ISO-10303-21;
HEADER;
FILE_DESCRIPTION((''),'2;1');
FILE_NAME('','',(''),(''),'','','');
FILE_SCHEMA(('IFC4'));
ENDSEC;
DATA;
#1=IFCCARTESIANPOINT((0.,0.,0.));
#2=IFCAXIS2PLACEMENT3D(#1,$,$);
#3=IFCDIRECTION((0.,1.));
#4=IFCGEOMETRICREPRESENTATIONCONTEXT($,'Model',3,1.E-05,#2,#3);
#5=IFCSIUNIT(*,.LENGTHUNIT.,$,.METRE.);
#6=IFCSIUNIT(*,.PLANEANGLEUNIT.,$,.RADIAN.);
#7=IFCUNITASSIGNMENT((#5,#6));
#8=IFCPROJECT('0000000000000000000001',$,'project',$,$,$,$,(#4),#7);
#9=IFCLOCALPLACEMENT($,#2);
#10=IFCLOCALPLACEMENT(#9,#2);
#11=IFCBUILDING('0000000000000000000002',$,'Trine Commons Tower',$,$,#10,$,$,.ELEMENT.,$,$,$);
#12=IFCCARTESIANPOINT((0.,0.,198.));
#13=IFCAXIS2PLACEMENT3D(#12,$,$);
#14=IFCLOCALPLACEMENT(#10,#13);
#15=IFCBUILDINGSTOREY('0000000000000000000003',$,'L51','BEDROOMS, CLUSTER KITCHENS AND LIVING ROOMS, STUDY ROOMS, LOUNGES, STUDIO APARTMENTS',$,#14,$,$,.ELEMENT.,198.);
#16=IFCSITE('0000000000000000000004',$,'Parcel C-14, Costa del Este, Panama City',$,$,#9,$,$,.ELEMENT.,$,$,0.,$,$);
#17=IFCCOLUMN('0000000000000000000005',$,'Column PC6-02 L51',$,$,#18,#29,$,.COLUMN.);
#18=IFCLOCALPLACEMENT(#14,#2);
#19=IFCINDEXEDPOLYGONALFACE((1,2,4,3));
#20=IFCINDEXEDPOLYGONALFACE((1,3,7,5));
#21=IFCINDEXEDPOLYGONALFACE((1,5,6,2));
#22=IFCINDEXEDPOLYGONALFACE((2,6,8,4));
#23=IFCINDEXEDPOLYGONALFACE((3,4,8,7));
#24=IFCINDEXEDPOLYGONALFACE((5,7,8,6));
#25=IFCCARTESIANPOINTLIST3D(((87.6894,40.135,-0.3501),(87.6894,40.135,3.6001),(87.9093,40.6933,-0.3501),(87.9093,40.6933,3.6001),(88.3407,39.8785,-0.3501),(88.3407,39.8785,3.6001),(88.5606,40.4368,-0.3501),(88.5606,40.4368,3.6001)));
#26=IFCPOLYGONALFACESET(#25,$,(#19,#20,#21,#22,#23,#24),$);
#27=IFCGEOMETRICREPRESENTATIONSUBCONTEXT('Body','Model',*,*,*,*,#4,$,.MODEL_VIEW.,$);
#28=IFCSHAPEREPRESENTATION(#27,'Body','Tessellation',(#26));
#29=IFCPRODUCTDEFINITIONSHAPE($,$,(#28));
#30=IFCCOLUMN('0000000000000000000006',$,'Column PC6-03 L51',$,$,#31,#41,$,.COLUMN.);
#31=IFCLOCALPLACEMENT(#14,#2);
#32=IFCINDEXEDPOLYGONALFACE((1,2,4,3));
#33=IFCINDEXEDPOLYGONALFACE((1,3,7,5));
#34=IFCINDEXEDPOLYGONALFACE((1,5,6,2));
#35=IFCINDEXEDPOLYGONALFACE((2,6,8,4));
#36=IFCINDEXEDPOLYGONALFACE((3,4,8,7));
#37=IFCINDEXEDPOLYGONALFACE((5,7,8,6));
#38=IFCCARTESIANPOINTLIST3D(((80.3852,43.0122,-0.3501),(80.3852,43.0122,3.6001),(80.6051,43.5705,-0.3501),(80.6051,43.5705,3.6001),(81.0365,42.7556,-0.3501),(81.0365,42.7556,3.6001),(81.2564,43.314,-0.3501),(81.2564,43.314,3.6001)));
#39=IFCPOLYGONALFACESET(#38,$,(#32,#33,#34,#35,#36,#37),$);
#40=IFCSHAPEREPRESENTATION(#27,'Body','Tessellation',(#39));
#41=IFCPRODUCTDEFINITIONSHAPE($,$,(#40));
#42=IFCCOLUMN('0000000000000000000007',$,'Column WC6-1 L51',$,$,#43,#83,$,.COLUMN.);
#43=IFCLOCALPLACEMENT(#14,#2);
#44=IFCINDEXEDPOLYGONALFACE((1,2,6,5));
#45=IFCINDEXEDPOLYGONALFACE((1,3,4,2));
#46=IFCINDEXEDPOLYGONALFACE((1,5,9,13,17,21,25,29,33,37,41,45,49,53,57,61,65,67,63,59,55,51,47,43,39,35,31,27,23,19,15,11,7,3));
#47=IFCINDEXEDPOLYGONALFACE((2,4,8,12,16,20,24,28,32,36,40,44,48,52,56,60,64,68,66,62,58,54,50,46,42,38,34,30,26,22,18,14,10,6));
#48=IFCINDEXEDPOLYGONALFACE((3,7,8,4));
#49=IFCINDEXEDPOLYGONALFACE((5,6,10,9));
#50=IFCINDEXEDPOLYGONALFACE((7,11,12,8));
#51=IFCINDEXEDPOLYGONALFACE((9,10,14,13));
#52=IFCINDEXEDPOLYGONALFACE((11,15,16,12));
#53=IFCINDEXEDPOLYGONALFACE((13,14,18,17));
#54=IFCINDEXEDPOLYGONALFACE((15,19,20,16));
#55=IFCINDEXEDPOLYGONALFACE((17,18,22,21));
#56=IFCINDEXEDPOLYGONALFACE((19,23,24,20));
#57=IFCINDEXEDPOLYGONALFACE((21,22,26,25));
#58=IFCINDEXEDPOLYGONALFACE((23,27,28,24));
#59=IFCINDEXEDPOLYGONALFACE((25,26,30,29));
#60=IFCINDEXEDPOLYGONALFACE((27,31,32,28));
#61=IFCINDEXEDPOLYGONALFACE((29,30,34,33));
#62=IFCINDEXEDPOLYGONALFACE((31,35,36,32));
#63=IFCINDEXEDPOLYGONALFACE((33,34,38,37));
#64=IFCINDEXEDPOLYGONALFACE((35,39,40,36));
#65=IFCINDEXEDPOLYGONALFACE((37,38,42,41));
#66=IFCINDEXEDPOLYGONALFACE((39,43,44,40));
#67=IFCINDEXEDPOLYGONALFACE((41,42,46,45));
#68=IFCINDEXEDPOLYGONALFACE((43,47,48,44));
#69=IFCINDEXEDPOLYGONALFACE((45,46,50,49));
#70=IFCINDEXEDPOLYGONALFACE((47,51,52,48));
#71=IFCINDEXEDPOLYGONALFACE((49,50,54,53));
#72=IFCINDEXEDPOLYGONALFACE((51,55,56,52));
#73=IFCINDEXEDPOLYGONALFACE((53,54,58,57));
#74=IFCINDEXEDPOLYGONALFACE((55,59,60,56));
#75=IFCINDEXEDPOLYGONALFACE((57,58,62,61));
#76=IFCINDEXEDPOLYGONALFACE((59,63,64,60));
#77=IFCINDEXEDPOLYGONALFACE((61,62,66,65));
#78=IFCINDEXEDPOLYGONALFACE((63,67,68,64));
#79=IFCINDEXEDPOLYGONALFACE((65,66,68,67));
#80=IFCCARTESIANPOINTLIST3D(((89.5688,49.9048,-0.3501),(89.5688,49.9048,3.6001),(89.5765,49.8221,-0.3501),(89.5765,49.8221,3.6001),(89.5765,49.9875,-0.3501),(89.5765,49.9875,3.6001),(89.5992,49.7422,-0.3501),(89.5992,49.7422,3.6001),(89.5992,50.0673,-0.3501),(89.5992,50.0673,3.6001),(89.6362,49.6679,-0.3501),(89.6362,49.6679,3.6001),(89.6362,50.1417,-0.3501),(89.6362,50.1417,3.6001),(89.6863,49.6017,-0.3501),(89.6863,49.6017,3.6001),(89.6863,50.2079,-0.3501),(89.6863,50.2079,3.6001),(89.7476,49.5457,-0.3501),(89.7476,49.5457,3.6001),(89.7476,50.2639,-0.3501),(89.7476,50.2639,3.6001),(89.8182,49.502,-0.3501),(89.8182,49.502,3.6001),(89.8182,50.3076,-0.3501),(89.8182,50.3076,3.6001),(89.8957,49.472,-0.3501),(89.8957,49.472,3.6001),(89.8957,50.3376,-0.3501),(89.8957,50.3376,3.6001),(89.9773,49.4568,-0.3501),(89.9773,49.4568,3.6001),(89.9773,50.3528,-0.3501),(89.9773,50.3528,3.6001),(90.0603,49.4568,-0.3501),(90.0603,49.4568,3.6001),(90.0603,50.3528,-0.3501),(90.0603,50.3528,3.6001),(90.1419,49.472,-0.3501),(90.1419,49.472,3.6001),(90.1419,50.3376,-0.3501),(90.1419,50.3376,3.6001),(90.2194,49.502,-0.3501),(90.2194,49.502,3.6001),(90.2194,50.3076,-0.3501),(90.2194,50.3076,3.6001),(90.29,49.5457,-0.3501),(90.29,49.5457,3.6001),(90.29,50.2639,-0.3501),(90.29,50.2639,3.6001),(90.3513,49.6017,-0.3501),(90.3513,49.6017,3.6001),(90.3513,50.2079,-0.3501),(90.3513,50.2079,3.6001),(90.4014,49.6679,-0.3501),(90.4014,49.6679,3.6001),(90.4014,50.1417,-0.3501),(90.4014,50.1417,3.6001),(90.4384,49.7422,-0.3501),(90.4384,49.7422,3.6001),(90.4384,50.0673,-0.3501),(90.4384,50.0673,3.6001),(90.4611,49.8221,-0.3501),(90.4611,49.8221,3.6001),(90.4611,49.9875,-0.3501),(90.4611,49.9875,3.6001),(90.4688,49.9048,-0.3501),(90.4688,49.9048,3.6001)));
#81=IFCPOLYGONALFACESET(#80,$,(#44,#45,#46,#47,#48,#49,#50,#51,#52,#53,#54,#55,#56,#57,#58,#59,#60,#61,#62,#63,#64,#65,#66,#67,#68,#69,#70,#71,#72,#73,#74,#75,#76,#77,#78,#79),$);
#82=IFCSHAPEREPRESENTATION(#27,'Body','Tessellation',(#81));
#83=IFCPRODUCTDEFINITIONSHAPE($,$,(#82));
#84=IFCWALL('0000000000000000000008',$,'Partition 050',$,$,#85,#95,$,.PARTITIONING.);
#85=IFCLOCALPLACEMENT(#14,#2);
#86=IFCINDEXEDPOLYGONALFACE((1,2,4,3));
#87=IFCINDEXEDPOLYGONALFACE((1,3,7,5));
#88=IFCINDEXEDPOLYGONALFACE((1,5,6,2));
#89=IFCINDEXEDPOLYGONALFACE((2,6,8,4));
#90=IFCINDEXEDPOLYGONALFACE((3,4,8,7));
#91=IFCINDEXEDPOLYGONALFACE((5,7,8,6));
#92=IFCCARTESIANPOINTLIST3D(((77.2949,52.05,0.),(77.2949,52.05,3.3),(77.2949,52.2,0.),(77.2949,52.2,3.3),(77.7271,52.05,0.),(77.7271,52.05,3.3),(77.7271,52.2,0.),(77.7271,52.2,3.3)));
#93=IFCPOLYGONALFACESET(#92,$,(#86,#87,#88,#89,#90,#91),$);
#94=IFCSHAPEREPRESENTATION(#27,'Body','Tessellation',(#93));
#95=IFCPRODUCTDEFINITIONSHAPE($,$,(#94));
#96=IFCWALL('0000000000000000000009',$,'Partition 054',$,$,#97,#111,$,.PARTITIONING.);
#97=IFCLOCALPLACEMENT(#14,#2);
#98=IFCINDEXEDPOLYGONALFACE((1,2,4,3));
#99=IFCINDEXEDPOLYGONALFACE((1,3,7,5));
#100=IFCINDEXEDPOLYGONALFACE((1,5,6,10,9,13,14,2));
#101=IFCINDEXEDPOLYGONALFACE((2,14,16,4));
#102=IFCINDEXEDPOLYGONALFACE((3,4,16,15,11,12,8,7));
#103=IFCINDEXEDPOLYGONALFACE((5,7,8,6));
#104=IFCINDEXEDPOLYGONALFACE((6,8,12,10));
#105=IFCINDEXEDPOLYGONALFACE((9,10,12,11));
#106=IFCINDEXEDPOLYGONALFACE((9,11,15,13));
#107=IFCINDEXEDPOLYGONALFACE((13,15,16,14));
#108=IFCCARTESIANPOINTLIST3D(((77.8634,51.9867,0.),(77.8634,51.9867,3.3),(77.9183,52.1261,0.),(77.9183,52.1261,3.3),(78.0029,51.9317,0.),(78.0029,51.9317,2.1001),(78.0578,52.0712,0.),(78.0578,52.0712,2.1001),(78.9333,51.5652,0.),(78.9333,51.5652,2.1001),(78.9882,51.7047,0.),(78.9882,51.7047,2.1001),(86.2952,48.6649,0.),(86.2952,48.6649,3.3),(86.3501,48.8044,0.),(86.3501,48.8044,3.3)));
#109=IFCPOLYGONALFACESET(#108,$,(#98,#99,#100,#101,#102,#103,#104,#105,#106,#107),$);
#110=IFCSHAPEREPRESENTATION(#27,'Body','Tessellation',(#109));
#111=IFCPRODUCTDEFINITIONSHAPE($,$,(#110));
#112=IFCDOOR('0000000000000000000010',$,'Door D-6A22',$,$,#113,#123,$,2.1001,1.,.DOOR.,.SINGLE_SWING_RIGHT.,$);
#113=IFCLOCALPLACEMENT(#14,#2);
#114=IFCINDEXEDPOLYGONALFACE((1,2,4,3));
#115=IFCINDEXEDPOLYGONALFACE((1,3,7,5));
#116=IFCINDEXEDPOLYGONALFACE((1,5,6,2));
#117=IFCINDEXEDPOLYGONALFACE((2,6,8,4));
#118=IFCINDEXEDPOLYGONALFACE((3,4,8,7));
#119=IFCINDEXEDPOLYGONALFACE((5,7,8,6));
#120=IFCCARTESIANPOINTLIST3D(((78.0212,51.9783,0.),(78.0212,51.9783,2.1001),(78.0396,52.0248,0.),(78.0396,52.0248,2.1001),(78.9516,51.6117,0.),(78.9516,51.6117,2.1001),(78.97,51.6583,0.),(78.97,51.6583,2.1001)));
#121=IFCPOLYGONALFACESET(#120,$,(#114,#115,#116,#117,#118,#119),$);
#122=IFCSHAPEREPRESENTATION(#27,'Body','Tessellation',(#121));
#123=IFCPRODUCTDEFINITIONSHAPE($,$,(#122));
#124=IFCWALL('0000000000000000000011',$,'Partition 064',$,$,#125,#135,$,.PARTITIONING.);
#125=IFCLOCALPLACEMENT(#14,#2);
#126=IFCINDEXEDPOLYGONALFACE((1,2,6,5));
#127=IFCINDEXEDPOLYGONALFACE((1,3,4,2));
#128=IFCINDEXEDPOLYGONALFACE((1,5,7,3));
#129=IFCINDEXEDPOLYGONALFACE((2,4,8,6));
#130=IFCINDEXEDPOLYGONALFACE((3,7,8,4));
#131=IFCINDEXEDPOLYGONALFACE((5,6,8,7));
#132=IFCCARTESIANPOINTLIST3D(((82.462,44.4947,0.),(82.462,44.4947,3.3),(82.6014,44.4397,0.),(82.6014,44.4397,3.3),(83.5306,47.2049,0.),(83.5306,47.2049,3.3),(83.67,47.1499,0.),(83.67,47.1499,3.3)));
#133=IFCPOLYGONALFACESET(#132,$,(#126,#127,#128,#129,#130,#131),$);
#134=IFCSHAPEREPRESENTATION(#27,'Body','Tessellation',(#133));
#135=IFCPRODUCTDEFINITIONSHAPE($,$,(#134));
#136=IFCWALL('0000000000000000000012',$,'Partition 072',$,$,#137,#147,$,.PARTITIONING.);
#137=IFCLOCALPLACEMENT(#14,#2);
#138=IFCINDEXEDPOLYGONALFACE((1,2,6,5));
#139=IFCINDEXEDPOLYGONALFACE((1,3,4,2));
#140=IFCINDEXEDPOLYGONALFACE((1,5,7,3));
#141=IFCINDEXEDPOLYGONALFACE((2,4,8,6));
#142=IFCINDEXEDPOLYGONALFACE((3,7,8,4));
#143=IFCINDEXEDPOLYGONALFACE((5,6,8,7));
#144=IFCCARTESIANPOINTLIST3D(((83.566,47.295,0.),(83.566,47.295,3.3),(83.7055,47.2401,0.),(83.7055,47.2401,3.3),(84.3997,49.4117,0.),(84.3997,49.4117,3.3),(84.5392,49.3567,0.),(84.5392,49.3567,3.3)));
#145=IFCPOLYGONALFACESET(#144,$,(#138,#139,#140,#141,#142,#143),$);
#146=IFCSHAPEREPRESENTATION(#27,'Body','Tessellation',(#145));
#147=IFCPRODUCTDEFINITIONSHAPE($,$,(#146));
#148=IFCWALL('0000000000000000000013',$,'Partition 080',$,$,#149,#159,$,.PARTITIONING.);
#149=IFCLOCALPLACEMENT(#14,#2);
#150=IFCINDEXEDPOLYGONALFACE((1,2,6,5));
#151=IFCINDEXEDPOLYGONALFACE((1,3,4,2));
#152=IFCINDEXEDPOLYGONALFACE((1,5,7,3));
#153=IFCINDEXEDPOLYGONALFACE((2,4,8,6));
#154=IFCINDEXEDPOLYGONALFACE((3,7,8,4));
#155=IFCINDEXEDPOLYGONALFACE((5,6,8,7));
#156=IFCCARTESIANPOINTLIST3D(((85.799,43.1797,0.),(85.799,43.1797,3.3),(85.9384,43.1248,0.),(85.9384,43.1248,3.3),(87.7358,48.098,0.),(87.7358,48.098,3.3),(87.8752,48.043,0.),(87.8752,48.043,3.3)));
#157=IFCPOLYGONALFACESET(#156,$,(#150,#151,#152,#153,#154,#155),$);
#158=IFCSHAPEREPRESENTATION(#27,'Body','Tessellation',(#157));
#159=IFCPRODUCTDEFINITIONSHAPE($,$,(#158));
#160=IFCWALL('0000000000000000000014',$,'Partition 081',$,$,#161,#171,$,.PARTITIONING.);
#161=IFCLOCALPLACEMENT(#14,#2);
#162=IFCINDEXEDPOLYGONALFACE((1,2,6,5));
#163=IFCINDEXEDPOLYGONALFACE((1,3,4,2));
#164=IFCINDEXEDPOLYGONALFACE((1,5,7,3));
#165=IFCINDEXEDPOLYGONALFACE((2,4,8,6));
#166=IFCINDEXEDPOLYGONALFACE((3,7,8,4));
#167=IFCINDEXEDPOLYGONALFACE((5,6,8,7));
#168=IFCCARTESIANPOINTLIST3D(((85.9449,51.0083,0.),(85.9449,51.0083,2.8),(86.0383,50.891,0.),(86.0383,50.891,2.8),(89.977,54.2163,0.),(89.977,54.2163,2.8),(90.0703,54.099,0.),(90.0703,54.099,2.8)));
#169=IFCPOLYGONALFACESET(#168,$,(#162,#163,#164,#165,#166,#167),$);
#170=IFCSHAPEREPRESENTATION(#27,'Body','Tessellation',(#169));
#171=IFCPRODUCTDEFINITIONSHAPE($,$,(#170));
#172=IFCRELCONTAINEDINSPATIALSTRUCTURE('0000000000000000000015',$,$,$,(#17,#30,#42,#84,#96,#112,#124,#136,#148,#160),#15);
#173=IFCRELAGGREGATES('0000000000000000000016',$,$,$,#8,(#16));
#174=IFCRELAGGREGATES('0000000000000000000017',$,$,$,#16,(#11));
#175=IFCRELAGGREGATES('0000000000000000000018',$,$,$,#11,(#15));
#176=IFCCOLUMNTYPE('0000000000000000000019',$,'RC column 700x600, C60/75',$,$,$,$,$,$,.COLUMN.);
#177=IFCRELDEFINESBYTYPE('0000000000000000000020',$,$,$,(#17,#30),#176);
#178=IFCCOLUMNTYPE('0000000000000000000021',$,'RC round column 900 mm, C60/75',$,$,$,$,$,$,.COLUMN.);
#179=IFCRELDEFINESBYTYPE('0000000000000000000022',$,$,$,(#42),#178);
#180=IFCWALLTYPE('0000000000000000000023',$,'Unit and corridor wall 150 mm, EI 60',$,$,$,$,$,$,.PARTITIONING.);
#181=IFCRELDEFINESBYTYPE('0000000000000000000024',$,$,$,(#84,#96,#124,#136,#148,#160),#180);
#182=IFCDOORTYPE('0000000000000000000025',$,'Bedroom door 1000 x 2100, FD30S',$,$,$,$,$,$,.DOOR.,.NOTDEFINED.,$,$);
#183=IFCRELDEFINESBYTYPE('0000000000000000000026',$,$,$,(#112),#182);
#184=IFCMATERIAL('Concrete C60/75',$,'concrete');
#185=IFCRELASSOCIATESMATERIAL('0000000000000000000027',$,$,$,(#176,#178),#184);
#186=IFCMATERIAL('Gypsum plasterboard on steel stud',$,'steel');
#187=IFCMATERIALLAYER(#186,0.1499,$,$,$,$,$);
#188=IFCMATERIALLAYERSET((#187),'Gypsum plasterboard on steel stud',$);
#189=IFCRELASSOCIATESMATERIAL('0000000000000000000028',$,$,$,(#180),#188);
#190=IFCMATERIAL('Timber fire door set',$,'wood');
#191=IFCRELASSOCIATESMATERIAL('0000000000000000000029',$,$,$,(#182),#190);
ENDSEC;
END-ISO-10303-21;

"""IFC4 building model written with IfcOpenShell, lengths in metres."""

from ifc_helpers import new_model, si_unit, direction, frame, frame_2d, origin, origin_2d, place, context, subcontext, project, spatial, rectangle, circle, extrude, material, layer, layer_set, material_profile, profile_set, type_object, element, fill, save


model = new_model("IFC4")

# Units and contexts
model_context = context("Model", 3, precision=1e-05, world=origin(), true_north=direction((0.0, 1.0)))
body_context = subcontext(model_context, "Body", "Model", "MODEL_VIEW")
ifc_project = project(units=[si_unit("LENGTHUNIT", "METRE"), si_unit("PLANEANGLEUNIT", "RADIAN")], contexts=[model_context])

# Site, building, storey
site_placement = place(None, origin())
site = spatial("IfcSite", under=ifc_project, at=site_placement, Name="Parcel C-14, Costa del Este, Panama City", CompositionType="ELEMENT", RefElevation=0.0)
building_placement = place(site_placement, origin())
building = spatial("IfcBuilding", under=site, at=building_placement, Name="Trine Commons Tower", CompositionType="ELEMENT")
storey_placement = place(building_placement, frame((0.0, 0.0, 198.0)))
storey = spatial("IfcBuildingStorey", under=building, at=storey_placement, Name="L51", Description="BEDROOMS, CLUSTER KITCHENS AND LIVING ROOMS, STUDY ROOMS, LOUNGES, STUDIO APARTMENTS", CompositionType="ELEMENT", Elevation=198.0)

# Columns
ifc_material_1 = material(Name="Concrete C60/75", Category="concrete")
ifc_material_profile_1 = material_profile(ifc_material_1, rectangle(XDim=0.7, YDim=0.6001, at=origin_2d()), Name="RC 700x600")
ifc_profile_set_1 = profile_set([ifc_material_profile_1], Name="Concrete C60/75")
column_type_1 = type_object("IfcColumnType", Name="RC column 700x600, C60/75", PredefinedType="COLUMN", material=ifc_profile_set_1)
for number, where, z_axis, x_axis, name in (
    (1, (88.125, 40.2859, -0.3501), (0.0, 0.0, 1.0), (-0.930418, 0.366501, 0.0), "Column PC6-02 L51"),
    (2, (80.8208, 43.1631, -0.3501), (0.0, 0.0, 1.0), (-0.930418, 0.366501, 0.0), "Column PC6-03 L51"),
):
    element("IfcColumn", number, at=place(storey_placement, frame(where, z_axis=z_axis, x_axis=x_axis)), inside=storey, type_object=column_type_1, Name=name, PredefinedType="COLUMN", context=body_context, shape_type="SweptSolid", body=[
        extrude(rectangle(XDim=0.7, YDim=0.6001, at=origin_2d()), origin(), (0.0, 0.0, 1.0), 3.9502),
    ])
ifc_material_profile_2 = material_profile(ifc_material_1, circle(Radius=0.45, at=origin_2d()), Name="RC round 900")
ifc_profile_set_2 = profile_set([ifc_material_profile_2], Name="Concrete C60/75")
column_type_2 = type_object("IfcColumnType", Name="RC round column 900 mm, C60/75", PredefinedType="COLUMN", material=ifc_profile_set_2)
column_placement = place(storey_placement, frame((90.0188, 49.9048, -0.3501), z_axis=(0.0, 0.0, 1.0), x_axis=(1.0, 0.0, 0.0)))
element("IfcColumn", 3, at=column_placement, inside=storey, type_object=column_type_2, Name="Column WC6-1 L51", PredefinedType="COLUMN", context=body_context, shape_type="SweptSolid", body=[
    extrude(circle(Radius=0.45, at=origin_2d()), origin(), (0.0, 0.0, 1.0), 3.9502),
])

# Wall
ifc_material_2 = material(Name="Gypsum plasterboard on steel stud", Category="steel")
ifc_layer_1 = layer(ifc_material_2, 0.1499)
ifc_layer_set_1 = layer_set([ifc_layer_1], Name="Gypsum plasterboard on steel stud")
wall_type_1 = type_object("IfcWallType", Name="Unit and corridor wall 150 mm, EI 60", PredefinedType="PARTITIONING", material=ifc_layer_set_1)
wall_1_placement = place(storey_placement, frame((77.2949, 52.125, 0.0), z_axis=(0.0, 0.0, 1.0), x_axis=(1.0, 0.0, 0.0)))
element("IfcWall", 4, at=wall_1_placement, inside=storey, type_object=wall_type_1, Name="Partition 050", PredefinedType="PARTITIONING", context=body_context, shape_type="SweptSolid", body=[
    extrude(rectangle(XDim=0.4321, YDim=0.1499, at=frame_2d((0.2161, 0.0))), origin(), (0.0, 0.0, 1.0), 3.3),
])

# Wall, opening, door
wall_2_placement = place(storey_placement, frame((77.8909, 52.0564, 0.0), z_axis=(0.0, 0.0, 1.0), x_axis=(0.930404, -0.366537, 0.0)))
wall_2 = element("IfcWall", 5, at=wall_2_placement, inside=storey, type_object=wall_type_1, Name="Partition 054", PredefinedType="PARTITIONING", context=body_context, shape_type="SweptSolid", body=[
    extrude(rectangle(XDim=9.0625, YDim=0.1499, at=frame_2d((4.5312, 0.0))), origin(), (0.0, 0.0, 1.0), 3.3),
])
opening_1_placement = place(wall_2_placement, frame((0.1499, 0.0, 0.0)))
opening_1 = element("IfcOpeningElement", 6, at=opening_1_placement, cuts=wall_2, PredefinedType="OPENING", context=body_context, shape_type="SweptSolid", body=[
    extrude(rectangle(XDim=1.0, YDim=2.1001, at=frame_2d((0.5, 1.05))), frame((0.0, 0.085, 0.0), z_axis=(0.0, -1.0, 0.0), x_axis=(1.0, 0.0, 0.0)), (0.0, 0.0, 1.0), 0.1699),
])
ifc_material_3 = material(Name="Timber fire door set", Category="wood")
door_type_1 = type_object("IfcDoorType", Name="Bedroom door 1000 x 2100, FD30S", OperationType="NOTDEFINED", PredefinedType="DOOR", material=ifc_material_3)
door_1_placement = place(opening_1_placement, frame((1.0, 0.0, 0.0), z_axis=(0.0, 0.0, 1.0), x_axis=(-1.0, 0.0, 0.0)))
door_1 = element("IfcDoor", 7, at=door_1_placement, inside=storey, type_object=door_type_1, Name="Door D-6A22", OperationType="SINGLE_SWING_RIGHT", OverallHeight=2.1001, OverallWidth=1.0, PredefinedType="DOOR", context=body_context, shape_type="SweptSolid", body=[
    extrude(rectangle(XDim=1.0, YDim=2.1001, at=frame_2d((0.5, 1.05))), frame((0.0, 0.0249, 0.0), z_axis=(0.0, -1.0, 0.0), x_axis=(1.0, 0.0, 0.0)), (0.0, 0.0, 1.0), 0.05),
])
fill(opening_1, door_1)

# Walls
wall_3_placement = place(storey_placement, frame((82.5317, 44.4673, 0.0), z_axis=(0.0, 0.0, 1.0), x_axis=(0.366806, 0.930298, 0.0)))
element("IfcWall", 8, at=wall_3_placement, inside=storey, type_object=wall_type_1, Name="Partition 064", PredefinedType="PARTITIONING", context=body_context, shape_type="SweptSolid", body=[
    extrude(rectangle(XDim=2.9133, YDim=0.1499, at=frame_2d((1.4565, 0.0))), origin(), (0.0, 0.0, 1.0), 3.3),
])
wall_4_placement = place(storey_placement, frame((83.6357, 47.2676, 0.0), z_axis=(0.0, 0.0, 1.0), x_axis=(0.366482, 0.930425, 0.0)))
element("IfcWall", 9, at=wall_4_placement, inside=storey, type_object=wall_type_1, Name="Partition 072", PredefinedType="PARTITIONING", context=body_context, shape_type="SweptSolid", body=[
    extrude(rectangle(XDim=2.2749, YDim=0.1499, at=frame_2d((1.1375, 0.0))), origin(), (0.0, 0.0, 1.0), 3.3),
])
wall_5_placement = place(storey_placement, frame((85.8687, 43.1521, 0.0), z_axis=(0.0, 0.0, 1.0), x_axis=(0.366408, 0.930454, 0.0)))
element("IfcWall", 10, at=wall_5_placement, inside=storey, type_object=wall_type_1, Name="Partition 080", PredefinedType="PARTITIONING", context=body_context, shape_type="SweptSolid", body=[
    extrude(rectangle(XDim=5.2859, YDim=0.1499, at=frame_2d((2.6431, 0.0))), origin(), (0.0, 0.0, 1.0), 3.3),
])
wall_6_placement = place(storey_placement, frame((85.9917, 50.9497, 0.0), z_axis=(0.0, 0.0, 1.0), x_axis=(0.78253, 0.622613, 0.0)))
element("IfcWall", 11, at=wall_6_placement, inside=storey, type_object=wall_type_1, Name="Partition 081", PredefinedType="PARTITIONING", context=body_context, shape_type="SweptSolid", body=[
    extrude(rectangle(XDim=5.1526, YDim=0.1499, at=frame_2d((2.5762, 0.0))), origin(), (0.0, 0.0, 1.0), 2.8),
])

save(model, "model.ifc")
